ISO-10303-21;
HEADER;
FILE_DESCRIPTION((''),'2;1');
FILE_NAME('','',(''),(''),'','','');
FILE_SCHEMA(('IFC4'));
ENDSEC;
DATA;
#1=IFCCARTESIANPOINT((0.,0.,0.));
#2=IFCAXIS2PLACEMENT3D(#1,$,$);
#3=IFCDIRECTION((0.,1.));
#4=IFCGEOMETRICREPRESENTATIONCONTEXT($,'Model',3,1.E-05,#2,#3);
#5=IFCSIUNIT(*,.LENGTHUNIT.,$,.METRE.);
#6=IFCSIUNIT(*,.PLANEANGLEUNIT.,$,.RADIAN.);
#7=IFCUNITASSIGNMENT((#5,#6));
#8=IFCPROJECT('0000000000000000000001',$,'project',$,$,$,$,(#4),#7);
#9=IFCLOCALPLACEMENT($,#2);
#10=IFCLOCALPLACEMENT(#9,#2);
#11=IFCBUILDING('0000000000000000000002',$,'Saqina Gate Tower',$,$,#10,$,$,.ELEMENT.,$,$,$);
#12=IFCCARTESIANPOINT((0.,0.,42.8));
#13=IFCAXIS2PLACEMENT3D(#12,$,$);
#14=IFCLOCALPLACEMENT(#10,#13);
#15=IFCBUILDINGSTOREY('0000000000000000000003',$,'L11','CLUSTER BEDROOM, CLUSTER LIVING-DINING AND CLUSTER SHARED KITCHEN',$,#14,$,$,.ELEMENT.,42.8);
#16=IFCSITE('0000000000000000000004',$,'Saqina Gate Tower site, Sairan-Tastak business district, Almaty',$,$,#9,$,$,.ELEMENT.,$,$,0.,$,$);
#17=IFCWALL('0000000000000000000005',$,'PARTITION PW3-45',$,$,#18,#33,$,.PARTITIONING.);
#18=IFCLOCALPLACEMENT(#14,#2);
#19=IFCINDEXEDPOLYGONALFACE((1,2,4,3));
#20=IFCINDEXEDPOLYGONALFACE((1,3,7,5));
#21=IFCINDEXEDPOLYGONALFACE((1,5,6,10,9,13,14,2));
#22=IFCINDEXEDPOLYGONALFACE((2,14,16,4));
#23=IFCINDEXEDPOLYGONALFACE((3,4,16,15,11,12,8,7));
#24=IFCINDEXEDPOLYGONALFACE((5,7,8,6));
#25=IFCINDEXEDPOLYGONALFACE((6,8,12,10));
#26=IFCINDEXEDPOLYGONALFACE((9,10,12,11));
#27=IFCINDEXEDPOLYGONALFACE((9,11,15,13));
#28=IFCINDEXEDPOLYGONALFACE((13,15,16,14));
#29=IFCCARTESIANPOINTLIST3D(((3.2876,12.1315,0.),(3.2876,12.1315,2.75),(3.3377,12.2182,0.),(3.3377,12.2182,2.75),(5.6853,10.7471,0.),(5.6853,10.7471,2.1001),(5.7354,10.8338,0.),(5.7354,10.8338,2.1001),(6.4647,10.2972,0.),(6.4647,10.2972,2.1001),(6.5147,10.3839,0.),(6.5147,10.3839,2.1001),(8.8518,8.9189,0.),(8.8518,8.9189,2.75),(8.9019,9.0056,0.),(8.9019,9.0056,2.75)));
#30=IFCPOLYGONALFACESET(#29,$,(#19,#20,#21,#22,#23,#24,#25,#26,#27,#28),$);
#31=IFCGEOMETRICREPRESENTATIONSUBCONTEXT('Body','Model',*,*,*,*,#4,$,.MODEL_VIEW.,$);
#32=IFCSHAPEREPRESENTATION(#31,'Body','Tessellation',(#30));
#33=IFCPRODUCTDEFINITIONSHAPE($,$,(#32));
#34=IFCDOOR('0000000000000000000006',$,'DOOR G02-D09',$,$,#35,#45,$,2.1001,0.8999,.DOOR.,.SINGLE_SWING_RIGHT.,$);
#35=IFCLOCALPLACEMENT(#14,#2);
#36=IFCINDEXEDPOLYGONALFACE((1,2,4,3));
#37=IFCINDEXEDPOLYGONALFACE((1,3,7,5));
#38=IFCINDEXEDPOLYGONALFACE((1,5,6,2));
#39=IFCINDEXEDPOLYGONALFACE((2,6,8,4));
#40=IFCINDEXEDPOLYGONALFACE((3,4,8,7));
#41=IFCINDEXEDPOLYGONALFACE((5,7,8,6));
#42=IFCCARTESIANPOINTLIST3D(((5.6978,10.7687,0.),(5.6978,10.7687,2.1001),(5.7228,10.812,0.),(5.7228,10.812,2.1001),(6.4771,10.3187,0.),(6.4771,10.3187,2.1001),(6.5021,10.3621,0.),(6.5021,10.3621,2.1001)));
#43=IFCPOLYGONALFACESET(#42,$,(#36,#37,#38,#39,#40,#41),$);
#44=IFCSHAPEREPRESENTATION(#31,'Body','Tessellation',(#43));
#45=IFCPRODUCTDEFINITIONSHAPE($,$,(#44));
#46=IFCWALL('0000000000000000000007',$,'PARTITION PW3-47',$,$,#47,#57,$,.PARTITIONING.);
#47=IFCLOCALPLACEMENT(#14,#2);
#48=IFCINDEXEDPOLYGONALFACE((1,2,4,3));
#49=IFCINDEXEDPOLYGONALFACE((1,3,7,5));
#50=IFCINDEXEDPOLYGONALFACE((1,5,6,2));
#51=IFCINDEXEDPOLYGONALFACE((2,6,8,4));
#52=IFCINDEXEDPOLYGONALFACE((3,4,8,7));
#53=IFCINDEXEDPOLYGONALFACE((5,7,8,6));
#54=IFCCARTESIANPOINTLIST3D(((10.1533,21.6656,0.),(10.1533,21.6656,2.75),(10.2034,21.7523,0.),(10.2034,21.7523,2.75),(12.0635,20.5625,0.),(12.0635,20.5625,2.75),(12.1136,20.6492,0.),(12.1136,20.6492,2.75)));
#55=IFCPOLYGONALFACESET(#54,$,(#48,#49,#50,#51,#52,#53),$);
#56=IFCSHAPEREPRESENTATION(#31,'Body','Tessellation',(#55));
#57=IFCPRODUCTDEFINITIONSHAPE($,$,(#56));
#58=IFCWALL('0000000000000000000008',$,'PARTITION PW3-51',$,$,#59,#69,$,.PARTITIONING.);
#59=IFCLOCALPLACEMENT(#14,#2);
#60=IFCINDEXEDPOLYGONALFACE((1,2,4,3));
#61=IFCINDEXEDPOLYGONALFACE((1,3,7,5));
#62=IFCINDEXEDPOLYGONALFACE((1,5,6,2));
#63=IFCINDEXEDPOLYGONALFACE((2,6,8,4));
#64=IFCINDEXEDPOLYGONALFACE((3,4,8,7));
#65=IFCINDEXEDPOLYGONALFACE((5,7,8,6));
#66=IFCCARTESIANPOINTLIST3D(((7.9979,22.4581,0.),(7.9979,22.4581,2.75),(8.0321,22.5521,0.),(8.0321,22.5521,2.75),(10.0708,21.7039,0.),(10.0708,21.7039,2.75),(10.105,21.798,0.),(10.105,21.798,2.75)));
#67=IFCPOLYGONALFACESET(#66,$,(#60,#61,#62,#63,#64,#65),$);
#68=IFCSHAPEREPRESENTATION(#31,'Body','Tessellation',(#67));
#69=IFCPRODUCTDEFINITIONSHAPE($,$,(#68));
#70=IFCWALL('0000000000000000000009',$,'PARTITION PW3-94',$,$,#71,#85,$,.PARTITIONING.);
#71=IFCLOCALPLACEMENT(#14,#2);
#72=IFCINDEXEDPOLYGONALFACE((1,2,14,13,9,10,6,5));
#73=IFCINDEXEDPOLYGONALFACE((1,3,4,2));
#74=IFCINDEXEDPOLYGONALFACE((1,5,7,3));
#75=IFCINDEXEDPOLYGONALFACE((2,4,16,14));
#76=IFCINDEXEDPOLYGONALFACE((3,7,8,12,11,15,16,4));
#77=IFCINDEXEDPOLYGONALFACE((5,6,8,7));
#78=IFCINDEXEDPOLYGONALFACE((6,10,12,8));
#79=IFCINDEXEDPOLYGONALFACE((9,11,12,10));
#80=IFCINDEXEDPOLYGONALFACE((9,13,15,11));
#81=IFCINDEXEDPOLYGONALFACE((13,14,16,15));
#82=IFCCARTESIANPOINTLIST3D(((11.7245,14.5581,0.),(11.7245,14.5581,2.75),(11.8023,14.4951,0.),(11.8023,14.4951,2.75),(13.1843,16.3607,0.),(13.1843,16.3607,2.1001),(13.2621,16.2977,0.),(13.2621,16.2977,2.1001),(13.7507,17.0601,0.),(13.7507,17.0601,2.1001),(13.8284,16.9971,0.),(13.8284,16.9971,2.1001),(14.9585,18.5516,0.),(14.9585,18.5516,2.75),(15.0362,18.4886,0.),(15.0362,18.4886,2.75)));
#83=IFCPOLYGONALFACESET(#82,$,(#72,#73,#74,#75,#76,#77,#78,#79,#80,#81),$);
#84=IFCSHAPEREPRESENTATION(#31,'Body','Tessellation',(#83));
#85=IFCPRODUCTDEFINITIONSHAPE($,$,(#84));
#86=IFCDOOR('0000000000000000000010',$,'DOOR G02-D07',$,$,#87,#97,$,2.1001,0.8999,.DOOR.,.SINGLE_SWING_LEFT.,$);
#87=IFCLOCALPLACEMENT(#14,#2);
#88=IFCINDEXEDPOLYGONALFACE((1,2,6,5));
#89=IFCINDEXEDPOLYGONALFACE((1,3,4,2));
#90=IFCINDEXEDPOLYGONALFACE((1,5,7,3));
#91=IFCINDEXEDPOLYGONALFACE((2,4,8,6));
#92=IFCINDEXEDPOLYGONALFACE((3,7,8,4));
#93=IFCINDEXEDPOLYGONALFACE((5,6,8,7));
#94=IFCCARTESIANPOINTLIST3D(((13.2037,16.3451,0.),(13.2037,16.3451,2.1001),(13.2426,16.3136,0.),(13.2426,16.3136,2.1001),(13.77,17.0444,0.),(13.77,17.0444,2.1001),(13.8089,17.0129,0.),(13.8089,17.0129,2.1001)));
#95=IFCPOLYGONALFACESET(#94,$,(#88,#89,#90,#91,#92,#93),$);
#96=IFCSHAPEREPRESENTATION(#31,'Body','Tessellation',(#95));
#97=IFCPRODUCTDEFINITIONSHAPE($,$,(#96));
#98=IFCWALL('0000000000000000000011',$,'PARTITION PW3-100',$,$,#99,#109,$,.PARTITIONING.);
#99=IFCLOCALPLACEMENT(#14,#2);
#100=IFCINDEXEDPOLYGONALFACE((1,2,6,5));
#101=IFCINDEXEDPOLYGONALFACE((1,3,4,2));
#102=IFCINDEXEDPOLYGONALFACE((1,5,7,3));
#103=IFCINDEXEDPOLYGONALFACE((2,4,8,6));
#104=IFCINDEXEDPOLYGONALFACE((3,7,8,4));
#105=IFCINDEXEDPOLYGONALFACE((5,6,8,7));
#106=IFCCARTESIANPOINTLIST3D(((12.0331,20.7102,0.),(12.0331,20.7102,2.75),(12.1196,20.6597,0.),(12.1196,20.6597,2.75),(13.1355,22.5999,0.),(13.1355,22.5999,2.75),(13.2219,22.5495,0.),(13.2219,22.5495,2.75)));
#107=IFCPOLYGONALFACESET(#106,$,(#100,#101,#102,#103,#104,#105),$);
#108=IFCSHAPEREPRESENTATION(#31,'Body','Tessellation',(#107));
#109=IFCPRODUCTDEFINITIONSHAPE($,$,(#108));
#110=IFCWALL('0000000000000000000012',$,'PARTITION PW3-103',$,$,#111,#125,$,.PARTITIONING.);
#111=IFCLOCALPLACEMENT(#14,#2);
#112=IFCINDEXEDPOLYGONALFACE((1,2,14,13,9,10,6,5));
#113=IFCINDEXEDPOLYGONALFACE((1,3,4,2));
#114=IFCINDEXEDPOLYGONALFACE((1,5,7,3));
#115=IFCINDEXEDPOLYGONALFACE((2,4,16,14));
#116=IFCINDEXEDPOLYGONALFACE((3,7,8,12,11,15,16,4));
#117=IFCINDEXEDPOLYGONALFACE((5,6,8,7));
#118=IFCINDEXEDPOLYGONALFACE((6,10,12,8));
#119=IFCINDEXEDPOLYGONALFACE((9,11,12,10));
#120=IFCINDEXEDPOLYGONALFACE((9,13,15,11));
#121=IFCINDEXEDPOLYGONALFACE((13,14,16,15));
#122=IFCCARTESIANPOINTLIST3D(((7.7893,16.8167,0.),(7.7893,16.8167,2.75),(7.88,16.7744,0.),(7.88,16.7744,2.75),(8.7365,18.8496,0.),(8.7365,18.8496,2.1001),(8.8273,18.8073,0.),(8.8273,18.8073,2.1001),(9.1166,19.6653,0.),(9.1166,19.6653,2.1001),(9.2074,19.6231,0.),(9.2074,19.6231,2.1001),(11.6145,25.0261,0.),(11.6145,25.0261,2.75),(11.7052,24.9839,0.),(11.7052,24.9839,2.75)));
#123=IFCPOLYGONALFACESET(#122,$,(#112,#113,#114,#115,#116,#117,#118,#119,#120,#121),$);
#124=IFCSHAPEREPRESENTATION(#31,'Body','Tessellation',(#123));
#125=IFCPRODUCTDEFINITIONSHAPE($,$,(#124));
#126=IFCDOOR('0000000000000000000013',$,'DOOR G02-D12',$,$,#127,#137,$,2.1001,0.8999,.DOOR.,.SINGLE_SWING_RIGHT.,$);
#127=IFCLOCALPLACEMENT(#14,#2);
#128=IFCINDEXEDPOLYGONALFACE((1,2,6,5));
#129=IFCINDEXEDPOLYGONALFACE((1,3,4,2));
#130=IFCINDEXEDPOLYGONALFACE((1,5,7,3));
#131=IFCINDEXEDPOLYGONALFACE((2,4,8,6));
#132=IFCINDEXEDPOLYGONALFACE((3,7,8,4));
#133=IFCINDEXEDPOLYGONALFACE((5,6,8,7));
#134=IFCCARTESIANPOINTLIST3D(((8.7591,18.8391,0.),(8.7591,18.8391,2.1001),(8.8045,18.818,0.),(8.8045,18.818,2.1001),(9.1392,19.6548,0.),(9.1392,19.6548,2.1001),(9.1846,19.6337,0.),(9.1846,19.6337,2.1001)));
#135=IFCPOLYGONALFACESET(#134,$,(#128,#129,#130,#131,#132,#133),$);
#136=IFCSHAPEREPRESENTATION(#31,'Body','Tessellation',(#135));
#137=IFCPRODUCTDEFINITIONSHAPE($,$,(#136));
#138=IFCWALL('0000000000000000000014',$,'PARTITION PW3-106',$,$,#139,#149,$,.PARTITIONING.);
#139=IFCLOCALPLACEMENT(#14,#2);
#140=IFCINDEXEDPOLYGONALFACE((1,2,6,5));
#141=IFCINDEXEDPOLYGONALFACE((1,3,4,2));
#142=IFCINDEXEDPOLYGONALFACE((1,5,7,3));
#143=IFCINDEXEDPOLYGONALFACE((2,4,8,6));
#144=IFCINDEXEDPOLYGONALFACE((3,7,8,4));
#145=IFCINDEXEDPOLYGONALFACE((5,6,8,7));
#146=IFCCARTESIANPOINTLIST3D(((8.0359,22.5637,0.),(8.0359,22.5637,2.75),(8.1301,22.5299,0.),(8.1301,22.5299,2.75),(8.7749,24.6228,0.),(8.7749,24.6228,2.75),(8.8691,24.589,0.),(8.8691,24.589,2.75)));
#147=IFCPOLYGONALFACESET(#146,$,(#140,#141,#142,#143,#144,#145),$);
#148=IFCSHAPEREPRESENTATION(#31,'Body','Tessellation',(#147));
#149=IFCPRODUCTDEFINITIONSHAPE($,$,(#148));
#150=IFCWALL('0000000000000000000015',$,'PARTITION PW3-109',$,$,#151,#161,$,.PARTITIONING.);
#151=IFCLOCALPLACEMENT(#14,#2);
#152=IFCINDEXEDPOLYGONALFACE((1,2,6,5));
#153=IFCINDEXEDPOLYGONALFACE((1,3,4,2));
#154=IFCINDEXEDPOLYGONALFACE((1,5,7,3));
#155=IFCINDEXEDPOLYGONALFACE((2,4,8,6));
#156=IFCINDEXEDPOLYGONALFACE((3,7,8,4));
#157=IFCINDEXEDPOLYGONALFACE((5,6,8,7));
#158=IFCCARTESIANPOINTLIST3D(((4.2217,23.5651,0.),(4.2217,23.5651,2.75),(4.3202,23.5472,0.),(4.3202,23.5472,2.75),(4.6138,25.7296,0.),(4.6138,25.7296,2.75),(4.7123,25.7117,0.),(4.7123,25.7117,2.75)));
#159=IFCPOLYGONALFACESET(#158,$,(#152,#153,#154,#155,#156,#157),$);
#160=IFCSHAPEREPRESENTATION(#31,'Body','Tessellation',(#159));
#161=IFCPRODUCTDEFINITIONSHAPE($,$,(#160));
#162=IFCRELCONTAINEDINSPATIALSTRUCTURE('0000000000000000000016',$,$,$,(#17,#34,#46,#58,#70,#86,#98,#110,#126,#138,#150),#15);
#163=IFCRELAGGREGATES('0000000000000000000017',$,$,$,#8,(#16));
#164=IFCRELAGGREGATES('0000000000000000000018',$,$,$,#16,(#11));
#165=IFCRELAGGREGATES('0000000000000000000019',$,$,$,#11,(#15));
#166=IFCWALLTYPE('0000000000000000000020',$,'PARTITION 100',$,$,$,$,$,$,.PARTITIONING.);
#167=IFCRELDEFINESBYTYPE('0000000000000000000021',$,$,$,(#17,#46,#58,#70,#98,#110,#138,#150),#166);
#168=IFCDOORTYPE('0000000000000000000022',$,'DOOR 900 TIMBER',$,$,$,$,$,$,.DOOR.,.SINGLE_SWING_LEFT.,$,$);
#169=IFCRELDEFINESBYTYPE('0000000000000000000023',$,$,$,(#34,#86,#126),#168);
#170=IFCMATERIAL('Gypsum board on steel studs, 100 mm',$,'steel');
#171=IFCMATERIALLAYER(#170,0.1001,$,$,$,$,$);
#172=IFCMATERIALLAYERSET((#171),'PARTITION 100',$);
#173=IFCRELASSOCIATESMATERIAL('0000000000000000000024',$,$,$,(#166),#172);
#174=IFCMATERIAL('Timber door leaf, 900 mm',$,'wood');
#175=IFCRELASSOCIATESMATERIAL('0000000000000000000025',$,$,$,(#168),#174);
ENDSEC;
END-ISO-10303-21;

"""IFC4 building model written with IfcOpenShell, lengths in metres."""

from ifc_helpers import new_model, si_unit, direction, frame, frame_2d, origin, place, context, subcontext, project, spatial, rectangle, extrude, material, layer, layer_set, type_object, element, fill, save


model = new_model("IFC4")

# Units and contexts
model_context = context("Model", 3, precision=1e-05, world=origin(), true_north=direction((0.0, 1.0)))
body_context = subcontext(model_context, "Body", "Model", "MODEL_VIEW")
ifc_project = project(units=[si_unit("LENGTHUNIT", "METRE"), si_unit("PLANEANGLEUNIT", "RADIAN")], contexts=[model_context])

# Site, building, storey
site_placement = place(None, origin())
site = spatial("IfcSite", under=ifc_project, at=site_placement, Name="Saqina Gate Tower site, Sairan-Tastak business district, Almaty", CompositionType="ELEMENT", RefElevation=0.0)
building_placement = place(site_placement, origin())
building = spatial("IfcBuilding", under=site, at=building_placement, Name="Saqina Gate Tower", CompositionType="ELEMENT")
storey_placement = place(building_placement, frame((0.0, 0.0, 42.8)))
storey = spatial("IfcBuildingStorey", under=building, at=storey_placement, Name="L11", Description="CLUSTER BEDROOM, CLUSTER LIVING-DINING AND CLUSTER SHARED KITCHEN", CompositionType="ELEMENT", Elevation=42.8)

# Wall, opening, door
ifc_material_1 = material(Name="Gypsum board on steel studs, 100 mm", Category="steel")
ifc_layer_1 = layer(ifc_material_1, 0.1001)
ifc_layer_set_1 = layer_set([ifc_layer_1], Name="PARTITION 100")
wall_type_1 = type_object("IfcWallType", Name="PARTITION 100", PredefinedType="PARTITIONING", material=ifc_layer_set_1)
wall_1_placement = place(storey_placement, frame((3.3127, 12.1748, 0.0), z_axis=(0.0, 0.0, 1.0), x_axis=(0.866015, -0.500017, 0.0)))
wall_1 = element("IfcWall", 1, at=wall_1_placement, inside=storey, type_object=wall_type_1, Name="PARTITION PW3-45", PredefinedType="PARTITIONING", context=body_context, shape_type="SweptSolid", body=[
    extrude(rectangle(XDim=6.425, YDim=0.1001, at=frame_2d((3.2124, 0.0))), origin(), (0.0, 0.0, 1.0), 2.75),
])
opening_1_placement = place(wall_1_placement, frame((2.7686, 0.0, 0.0)))
opening_1 = element("IfcOpeningElement", 2, at=opening_1_placement, cuts=wall_1, PredefinedType="OPENING", context=body_context, shape_type="SweptSolid", body=[
    extrude(rectangle(XDim=0.8999, YDim=2.1001, at=frame_2d((0.45, 1.05))), frame((0.0, 0.062, 0.0), z_axis=(0.0, -1.0, 0.0), x_axis=(1.0, 0.0, 0.0)), (0.0, 0.0, 1.0), 0.124),
])
ifc_material_2 = material(Name="Timber door leaf, 900 mm", Category="wood")
door_type_1 = type_object("IfcDoorType", Name="DOOR 900 TIMBER", OperationType="SINGLE_SWING_LEFT", PredefinedType="DOOR", material=ifc_material_2)
door_1_placement = place(opening_1_placement, origin())
door_1 = element("IfcDoor", 3, at=door_1_placement, inside=storey, type_object=door_type_1, Name="DOOR G02-D09", OperationType="SINGLE_SWING_RIGHT", OverallHeight=2.1001, OverallWidth=0.8999, PredefinedType="DOOR", context=body_context, shape_type="SweptSolid", body=[
    extrude(rectangle(XDim=0.8999, YDim=2.1001, at=frame_2d((0.45, 1.05))), frame((0.0, 0.0249, 0.0), z_axis=(0.0, -1.0, 0.0), x_axis=(1.0, 0.0, 0.0)), (0.0, 0.0, 1.0), 0.05),
])
fill(opening_1, door_1)

# Walls
for number, where, z_axis, x_axis, name in (
    (4, (10.1782, 21.709, 0.0), (0.0, 0.0, 1.0), (0.865987, -0.500067, 0.0), "PARTITION PW3-47"),
    (5, (8.0149, 22.5051, 0.0), (0.0, 0.0, 1.0), (0.939745, -0.341876, 0.0), "PARTITION PW3-51"),
):
    element("IfcWall", number, at=place(storey_placement, frame(where, z_axis=z_axis, x_axis=x_axis)), inside=storey, type_object=wall_type_1, Name=name, PredefinedType="PARTITIONING", context=body_context, shape_type="SweptSolid", body=[
        extrude(rectangle(XDim=2.2058, YDim=0.1001, at=frame_2d((1.103, 0.0))), origin(), (0.0, 0.0, 1.0), 2.75),
    ])

# Wall, opening, door
wall_2_placement = place(storey_placement, frame((11.7634, 14.5266, 0.0), z_axis=(0.0, 0.0, 1.0), x_axis=(0.629331, 0.777138, 0.0)))
wall_2 = element("IfcWall", 6, at=wall_2_placement, inside=storey, type_object=wall_type_1, Name="PARTITION PW3-94", PredefinedType="PARTITIONING", context=body_context, shape_type="SweptSolid", body=[
    extrude(rectangle(XDim=5.1387, YDim=0.1001, at=frame_2d((2.5693, 0.0))), origin(), (0.0, 0.0, 1.0), 2.75),
])
opening_2_placement = place(wall_2_placement, frame((2.3196, 0.0, 0.0)))
opening_2 = element("IfcOpeningElement", 7, at=opening_2_placement, cuts=wall_2, PredefinedType="OPENING", context=body_context, shape_type="SweptSolid", body=[
    extrude(rectangle(XDim=0.8999, YDim=2.1001, at=frame_2d((0.45, 1.05))), frame((0.0, 0.062, 0.0), z_axis=(0.0, -1.0, 0.0), x_axis=(1.0, 0.0, 0.0)), (0.0, 0.0, 1.0), 0.124),
])
door_2_placement = place(opening_2_placement, frame((0.8999, 0.0, 0.0), z_axis=(0.0, 0.0, 1.0), x_axis=(-1.0, 0.0, 0.0)))
door_2 = element("IfcDoor", 8, at=door_2_placement, inside=storey, type_object=door_type_1, Name="DOOR G02-D07", OperationType="SINGLE_SWING_LEFT", OverallHeight=2.1001, OverallWidth=0.8999, PredefinedType="DOOR", context=body_context, shape_type="SweptSolid", body=[
    extrude(rectangle(XDim=0.8999, YDim=2.1001, at=frame_2d((0.45, 1.05))), frame((0.0, 0.0249, 0.0), z_axis=(0.0, -1.0, 0.0), x_axis=(1.0, 0.0, 0.0)), (0.0, 0.0, 1.0), 0.05),
])
fill(opening_2, door_2)

# Wall
wall_3_placement = place(storey_placement, frame((12.0764, 20.6851, 0.0), z_axis=(0.0, 0.0, 1.0), x_axis=(0.503871, 0.863779, 0.0)))
element("IfcWall", 9, at=wall_3_placement, inside=storey, type_object=wall_type_1, Name="PARTITION PW3-100", PredefinedType="PARTITIONING", context=body_context, shape_type="SweptSolid", body=[
    extrude(rectangle(XDim=2.1877, YDim=0.1001, at=frame_2d((1.0938, 0.0))), origin(), (0.0, 0.0, 1.0), 2.75),
])

# Wall, opening, door
wall_4_placement = place(storey_placement, frame((7.8347, 16.7957, 0.0), z_axis=(0.0, 0.0, 1.0), x_axis=(0.422351, 0.906432, 0.0)))
wall_4 = element("IfcWall", 10, at=wall_4_placement, inside=storey, type_object=wall_type_1, Name="PARTITION PW3-103", PredefinedType="PARTITIONING", context=body_context, shape_type="SweptSolid", body=[
    extrude(rectangle(XDim=9.0569, YDim=0.1001, at=frame_2d((4.5283, 0.0))), origin(), (0.0, 0.0, 1.0), 2.75),
])
opening_3_placement = place(wall_4_placement, frame((2.2427, 0.0, 0.0)))
opening_3 = element("IfcOpeningElement", 11, at=opening_3_placement, cuts=wall_4, PredefinedType="OPENING", context=body_context, shape_type="SweptSolid", body=[
    extrude(rectangle(XDim=0.8999, YDim=2.1001, at=frame_2d((0.45, 1.05))), frame((0.0, 0.062, 0.0), z_axis=(0.0, -1.0, 0.0), x_axis=(1.0, 0.0, 0.0)), (0.0, 0.0, 1.0), 0.124),
])
door_3_placement = place(opening_3_placement, frame((0.8999, 0.0, 0.0), z_axis=(0.0, 0.0, 1.0), x_axis=(-1.0, 0.0, 0.0)))
door_3 = element("IfcDoor", 12, at=door_3_placement, inside=storey, type_object=door_type_1, Name="DOOR G02-D12", OperationType="SINGLE_SWING_RIGHT", OverallHeight=2.1001, OverallWidth=0.8999, PredefinedType="DOOR", context=body_context, shape_type="SweptSolid", body=[
    extrude(rectangle(XDim=0.8999, YDim=2.1001, at=frame_2d((0.45, 1.05))), frame((0.0, 0.0249, 0.0), z_axis=(0.0, -1.0, 0.0), x_axis=(1.0, 0.0, 0.0)), (0.0, 0.0, 1.0), 0.05),
])
fill(opening_3, door_3)

# Walls
wall_5_placement = place(storey_placement, frame((8.083, 22.5469, 0.0), z_axis=(0.0, 0.0, 1.0), x_axis=(0.337806, 0.941216, 0.0)))
element("IfcWall", 13, at=wall_5_placement, inside=storey, type_object=wall_type_1, Name="PARTITION PW3-106", PredefinedType="PARTITIONING", context=body_context, shape_type="SweptSolid", body=[
    extrude(rectangle(XDim=2.1877, YDim=0.1001, at=frame_2d((1.0938, 0.0))), origin(), (0.0, 0.0, 1.0), 2.75),
])
wall_6_placement = place(storey_placement, frame((4.271, 23.5562, 0.0), z_axis=(0.0, 0.0, 1.0), x_axis=(0.178241, 0.983987, 0.0)))
element("IfcWall", 14, at=wall_6_placement, inside=storey, type_object=wall_type_1, Name="PARTITION PW3-109", PredefinedType="PARTITIONING", context=body_context, shape_type="SweptSolid", body=[
    extrude(rectangle(XDim=2.1997, YDim=0.1001, at=frame_2d((1.0999, 0.0))), origin(), (0.0, 0.0, 1.0), 2.75),
])

save(model, "model.ifc")
